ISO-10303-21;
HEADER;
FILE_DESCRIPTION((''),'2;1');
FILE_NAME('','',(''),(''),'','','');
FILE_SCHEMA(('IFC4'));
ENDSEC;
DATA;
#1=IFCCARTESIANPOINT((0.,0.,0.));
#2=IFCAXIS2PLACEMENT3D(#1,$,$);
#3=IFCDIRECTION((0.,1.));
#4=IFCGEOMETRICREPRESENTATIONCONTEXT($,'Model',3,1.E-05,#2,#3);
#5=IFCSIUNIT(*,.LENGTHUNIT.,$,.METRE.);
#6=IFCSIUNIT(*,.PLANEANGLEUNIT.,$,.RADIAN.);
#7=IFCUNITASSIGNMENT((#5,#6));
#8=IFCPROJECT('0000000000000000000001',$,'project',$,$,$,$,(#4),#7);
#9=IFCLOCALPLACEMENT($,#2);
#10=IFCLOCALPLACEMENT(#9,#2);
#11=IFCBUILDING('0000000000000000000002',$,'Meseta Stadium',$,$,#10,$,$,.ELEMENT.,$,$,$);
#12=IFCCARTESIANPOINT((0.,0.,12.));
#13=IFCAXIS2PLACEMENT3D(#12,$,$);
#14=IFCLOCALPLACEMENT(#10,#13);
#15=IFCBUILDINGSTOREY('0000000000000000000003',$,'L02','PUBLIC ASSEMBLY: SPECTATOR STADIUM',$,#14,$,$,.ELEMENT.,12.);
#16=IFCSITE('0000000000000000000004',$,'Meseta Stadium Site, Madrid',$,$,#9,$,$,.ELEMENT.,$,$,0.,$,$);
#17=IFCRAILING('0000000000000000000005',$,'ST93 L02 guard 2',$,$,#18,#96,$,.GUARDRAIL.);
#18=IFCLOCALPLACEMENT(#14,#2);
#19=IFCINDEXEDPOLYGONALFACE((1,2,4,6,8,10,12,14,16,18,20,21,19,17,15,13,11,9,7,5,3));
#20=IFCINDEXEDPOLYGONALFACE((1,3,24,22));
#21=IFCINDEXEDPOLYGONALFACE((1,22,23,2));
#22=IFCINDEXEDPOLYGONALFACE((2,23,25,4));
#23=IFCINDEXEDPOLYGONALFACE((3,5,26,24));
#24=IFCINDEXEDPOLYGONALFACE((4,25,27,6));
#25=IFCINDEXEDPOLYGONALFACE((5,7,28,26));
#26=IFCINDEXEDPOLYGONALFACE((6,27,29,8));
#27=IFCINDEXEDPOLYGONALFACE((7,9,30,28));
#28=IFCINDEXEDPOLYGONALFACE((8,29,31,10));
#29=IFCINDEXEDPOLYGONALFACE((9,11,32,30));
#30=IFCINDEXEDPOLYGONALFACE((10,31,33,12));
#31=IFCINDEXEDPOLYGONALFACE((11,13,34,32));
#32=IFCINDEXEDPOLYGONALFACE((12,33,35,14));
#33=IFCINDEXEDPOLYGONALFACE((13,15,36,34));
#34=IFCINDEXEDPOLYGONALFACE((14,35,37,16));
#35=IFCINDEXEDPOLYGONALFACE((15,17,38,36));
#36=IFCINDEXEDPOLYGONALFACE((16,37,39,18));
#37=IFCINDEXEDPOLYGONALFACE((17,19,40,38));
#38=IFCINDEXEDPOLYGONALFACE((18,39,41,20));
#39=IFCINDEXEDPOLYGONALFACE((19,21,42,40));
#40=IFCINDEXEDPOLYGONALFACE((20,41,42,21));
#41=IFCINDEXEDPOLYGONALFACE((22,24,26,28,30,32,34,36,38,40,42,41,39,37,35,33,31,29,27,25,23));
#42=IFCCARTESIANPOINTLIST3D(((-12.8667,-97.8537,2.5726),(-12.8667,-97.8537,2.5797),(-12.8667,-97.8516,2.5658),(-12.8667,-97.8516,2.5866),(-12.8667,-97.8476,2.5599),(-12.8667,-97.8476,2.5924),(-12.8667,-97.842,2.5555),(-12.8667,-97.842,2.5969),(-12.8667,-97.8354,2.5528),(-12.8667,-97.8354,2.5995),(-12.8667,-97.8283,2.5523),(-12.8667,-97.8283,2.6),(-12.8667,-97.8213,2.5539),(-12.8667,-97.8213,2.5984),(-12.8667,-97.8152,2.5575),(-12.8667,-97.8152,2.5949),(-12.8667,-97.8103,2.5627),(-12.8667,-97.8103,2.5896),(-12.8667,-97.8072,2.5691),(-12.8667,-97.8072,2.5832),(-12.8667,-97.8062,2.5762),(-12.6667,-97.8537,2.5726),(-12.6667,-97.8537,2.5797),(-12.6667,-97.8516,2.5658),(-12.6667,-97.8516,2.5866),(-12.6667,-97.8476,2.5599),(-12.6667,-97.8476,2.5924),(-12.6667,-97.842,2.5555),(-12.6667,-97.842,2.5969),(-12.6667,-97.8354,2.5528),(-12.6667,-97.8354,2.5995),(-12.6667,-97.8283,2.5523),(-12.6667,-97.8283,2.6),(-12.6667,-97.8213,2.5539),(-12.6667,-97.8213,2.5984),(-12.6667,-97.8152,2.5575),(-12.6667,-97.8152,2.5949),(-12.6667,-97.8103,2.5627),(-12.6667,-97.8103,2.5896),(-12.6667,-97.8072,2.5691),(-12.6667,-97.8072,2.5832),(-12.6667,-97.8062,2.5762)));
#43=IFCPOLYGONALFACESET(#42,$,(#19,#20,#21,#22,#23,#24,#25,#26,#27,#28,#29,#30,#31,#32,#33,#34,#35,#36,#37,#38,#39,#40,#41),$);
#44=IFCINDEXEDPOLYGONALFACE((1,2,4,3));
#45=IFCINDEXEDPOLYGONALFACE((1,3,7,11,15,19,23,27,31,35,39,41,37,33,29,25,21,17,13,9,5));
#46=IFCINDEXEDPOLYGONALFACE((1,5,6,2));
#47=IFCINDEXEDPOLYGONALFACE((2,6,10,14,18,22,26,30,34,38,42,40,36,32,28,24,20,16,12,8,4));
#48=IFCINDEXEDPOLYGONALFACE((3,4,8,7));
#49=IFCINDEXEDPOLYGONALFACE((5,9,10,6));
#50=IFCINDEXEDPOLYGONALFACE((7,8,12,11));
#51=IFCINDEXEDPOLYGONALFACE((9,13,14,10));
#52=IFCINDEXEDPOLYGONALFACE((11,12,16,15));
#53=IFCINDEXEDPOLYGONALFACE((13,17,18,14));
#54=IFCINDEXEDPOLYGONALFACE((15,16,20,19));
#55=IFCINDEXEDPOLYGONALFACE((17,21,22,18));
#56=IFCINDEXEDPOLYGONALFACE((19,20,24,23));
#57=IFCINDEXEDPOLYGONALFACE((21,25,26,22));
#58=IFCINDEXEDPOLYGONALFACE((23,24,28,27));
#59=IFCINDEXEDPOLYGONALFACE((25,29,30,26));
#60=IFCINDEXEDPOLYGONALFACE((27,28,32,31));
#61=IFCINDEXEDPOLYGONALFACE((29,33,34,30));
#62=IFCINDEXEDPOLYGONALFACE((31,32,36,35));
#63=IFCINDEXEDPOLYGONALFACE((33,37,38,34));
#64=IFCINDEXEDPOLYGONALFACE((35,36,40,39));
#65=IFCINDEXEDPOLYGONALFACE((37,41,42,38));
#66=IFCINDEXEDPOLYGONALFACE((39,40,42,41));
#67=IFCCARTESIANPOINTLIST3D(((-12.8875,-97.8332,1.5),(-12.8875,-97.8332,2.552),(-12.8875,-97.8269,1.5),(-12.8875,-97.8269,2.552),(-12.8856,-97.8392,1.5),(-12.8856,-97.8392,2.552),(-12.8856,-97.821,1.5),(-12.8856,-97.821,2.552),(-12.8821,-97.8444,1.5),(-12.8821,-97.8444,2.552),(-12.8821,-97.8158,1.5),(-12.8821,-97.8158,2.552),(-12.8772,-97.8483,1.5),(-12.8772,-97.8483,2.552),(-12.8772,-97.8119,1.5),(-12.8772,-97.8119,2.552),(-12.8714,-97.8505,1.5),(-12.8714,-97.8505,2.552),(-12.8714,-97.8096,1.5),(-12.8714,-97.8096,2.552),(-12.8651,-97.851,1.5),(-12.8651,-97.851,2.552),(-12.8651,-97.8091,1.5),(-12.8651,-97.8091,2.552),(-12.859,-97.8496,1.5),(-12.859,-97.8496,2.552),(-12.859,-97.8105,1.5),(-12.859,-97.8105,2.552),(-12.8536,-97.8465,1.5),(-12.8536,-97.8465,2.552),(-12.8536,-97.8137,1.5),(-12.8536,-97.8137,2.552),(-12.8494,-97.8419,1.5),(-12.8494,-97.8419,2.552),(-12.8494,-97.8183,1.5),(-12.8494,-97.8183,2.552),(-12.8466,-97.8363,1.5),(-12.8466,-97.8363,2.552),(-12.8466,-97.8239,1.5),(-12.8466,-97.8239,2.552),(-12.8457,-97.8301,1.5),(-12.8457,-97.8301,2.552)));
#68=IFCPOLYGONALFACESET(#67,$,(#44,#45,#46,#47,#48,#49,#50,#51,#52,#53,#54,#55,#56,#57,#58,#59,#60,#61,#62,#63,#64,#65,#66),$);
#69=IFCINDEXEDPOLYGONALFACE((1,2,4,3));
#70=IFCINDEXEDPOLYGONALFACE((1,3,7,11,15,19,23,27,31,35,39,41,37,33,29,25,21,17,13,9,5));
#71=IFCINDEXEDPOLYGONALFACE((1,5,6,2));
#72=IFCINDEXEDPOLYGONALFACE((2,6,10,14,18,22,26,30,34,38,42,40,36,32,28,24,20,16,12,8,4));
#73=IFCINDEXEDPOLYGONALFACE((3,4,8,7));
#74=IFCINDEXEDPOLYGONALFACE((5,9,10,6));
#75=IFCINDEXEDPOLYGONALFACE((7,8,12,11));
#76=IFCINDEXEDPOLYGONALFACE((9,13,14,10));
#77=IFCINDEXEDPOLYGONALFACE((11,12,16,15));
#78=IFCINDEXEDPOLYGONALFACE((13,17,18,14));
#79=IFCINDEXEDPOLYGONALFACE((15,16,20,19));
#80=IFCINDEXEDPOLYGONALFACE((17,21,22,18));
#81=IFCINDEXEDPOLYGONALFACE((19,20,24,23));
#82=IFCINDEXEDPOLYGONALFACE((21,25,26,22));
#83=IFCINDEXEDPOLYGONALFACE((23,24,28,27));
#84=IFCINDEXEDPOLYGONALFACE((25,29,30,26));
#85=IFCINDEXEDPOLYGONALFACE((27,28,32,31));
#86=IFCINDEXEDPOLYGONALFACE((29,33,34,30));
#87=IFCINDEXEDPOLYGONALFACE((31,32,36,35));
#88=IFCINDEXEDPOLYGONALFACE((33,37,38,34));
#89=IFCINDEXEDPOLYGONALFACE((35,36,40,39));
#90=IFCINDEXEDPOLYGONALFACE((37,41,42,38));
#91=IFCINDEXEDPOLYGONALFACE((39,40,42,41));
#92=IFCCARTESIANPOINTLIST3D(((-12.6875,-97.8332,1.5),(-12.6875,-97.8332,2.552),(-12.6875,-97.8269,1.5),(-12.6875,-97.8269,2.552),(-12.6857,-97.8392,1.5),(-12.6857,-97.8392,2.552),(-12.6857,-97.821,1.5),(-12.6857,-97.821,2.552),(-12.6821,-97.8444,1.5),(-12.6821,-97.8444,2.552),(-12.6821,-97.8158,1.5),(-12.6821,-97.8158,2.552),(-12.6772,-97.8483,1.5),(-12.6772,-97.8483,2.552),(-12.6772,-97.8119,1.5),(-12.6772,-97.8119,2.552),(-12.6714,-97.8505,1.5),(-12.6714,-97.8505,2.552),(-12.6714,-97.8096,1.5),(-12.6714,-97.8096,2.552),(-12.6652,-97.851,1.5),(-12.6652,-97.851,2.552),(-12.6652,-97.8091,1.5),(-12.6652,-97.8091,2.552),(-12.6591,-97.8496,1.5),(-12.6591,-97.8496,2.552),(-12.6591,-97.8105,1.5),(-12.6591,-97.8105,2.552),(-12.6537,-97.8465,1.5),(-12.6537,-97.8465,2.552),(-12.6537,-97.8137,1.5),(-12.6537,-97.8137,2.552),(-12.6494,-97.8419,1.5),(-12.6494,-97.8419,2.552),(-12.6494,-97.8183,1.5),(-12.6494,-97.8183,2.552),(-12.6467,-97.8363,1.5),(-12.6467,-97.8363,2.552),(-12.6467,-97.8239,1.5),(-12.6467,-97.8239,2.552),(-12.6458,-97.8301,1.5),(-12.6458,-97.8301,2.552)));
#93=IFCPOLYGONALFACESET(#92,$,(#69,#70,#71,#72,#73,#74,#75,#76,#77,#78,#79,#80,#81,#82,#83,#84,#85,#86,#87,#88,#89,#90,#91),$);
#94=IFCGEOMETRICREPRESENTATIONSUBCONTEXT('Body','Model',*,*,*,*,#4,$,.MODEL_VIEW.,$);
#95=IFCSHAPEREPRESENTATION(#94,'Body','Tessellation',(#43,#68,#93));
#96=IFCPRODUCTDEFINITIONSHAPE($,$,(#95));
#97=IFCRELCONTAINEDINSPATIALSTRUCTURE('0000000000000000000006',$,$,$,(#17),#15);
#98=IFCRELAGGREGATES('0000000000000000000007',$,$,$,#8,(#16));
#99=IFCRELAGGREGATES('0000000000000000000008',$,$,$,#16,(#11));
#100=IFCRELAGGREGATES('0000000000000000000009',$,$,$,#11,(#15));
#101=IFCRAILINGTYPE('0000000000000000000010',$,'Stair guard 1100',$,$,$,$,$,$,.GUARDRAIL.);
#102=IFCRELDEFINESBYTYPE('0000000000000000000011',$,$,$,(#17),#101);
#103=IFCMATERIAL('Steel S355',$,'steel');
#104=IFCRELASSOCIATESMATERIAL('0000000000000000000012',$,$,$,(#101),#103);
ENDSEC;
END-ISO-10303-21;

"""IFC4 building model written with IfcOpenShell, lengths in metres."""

from ifc_helpers import new_model, si_unit, direction, frame, origin, origin_2d, place, context, subcontext, project, spatial, circle, extrude, material, type_object, element, save


model = new_model("IFC4")

# Units and contexts
model_context = context("Model", 3, precision=1e-05, world=origin(), true_north=direction((0.0, 1.0)))
body_context = subcontext(model_context, "Body", "Model", "MODEL_VIEW")
ifc_project = project(units=[si_unit("LENGTHUNIT", "METRE"), si_unit("PLANEANGLEUNIT", "RADIAN")], contexts=[model_context])

# Site, building, storey
site_placement = place(None, origin())
site = spatial("IfcSite", under=ifc_project, at=site_placement, Name="Meseta Stadium Site, Madrid", CompositionType="ELEMENT", RefElevation=0.0)
building_placement = place(site_placement, origin())
building = spatial("IfcBuilding", under=site, at=building_placement, Name="Meseta Stadium", CompositionType="ELEMENT")
storey_placement = place(building_placement, frame((0.0, 0.0, 12.0)))
storey = spatial("IfcBuildingStorey", under=building, at=storey_placement, Name="L02", Description="PUBLIC ASSEMBLY: SPECTATOR STADIUM", CompositionType="ELEMENT", Elevation=12.0)

# Railing
ifc_material_1 = material(Name="Steel S355", Category="steel")
railing_type_1 = type_object("IfcRailingType", Name="Stair guard 1100", PredefinedType="GUARDRAIL", material=ifc_material_1)
railing_1_placement = place(storey_placement, frame((-12.8667, -97.8301, 1.5)))
element("IfcRailing", 1, at=railing_1_placement, inside=storey, type_object=railing_type_1, Name="ST93 L02 guard 2", PredefinedType="GUARDRAIL", context=body_context, shape_type="SweptSolid", body=[
    extrude(circle(Radius=0.0239, at=origin_2d()), frame((0.0, 0.0, 1.0762), z_axis=(1.0, 0.0, 0.0), x_axis=(0.0, 1.0, 0.0)), (0.0, 0.0, 1.0), 0.2),
    extrude(circle(Radius=0.021, at=origin_2d()), origin(), (0.0, 0.0, 1.0), 1.052),
    extrude(circle(Radius=0.021, at=origin_2d()), frame((0.2, 0.0, 0.0)), (0.0, 0.0, 1.0), 1.052),
])

save(model, "model.ifc")
